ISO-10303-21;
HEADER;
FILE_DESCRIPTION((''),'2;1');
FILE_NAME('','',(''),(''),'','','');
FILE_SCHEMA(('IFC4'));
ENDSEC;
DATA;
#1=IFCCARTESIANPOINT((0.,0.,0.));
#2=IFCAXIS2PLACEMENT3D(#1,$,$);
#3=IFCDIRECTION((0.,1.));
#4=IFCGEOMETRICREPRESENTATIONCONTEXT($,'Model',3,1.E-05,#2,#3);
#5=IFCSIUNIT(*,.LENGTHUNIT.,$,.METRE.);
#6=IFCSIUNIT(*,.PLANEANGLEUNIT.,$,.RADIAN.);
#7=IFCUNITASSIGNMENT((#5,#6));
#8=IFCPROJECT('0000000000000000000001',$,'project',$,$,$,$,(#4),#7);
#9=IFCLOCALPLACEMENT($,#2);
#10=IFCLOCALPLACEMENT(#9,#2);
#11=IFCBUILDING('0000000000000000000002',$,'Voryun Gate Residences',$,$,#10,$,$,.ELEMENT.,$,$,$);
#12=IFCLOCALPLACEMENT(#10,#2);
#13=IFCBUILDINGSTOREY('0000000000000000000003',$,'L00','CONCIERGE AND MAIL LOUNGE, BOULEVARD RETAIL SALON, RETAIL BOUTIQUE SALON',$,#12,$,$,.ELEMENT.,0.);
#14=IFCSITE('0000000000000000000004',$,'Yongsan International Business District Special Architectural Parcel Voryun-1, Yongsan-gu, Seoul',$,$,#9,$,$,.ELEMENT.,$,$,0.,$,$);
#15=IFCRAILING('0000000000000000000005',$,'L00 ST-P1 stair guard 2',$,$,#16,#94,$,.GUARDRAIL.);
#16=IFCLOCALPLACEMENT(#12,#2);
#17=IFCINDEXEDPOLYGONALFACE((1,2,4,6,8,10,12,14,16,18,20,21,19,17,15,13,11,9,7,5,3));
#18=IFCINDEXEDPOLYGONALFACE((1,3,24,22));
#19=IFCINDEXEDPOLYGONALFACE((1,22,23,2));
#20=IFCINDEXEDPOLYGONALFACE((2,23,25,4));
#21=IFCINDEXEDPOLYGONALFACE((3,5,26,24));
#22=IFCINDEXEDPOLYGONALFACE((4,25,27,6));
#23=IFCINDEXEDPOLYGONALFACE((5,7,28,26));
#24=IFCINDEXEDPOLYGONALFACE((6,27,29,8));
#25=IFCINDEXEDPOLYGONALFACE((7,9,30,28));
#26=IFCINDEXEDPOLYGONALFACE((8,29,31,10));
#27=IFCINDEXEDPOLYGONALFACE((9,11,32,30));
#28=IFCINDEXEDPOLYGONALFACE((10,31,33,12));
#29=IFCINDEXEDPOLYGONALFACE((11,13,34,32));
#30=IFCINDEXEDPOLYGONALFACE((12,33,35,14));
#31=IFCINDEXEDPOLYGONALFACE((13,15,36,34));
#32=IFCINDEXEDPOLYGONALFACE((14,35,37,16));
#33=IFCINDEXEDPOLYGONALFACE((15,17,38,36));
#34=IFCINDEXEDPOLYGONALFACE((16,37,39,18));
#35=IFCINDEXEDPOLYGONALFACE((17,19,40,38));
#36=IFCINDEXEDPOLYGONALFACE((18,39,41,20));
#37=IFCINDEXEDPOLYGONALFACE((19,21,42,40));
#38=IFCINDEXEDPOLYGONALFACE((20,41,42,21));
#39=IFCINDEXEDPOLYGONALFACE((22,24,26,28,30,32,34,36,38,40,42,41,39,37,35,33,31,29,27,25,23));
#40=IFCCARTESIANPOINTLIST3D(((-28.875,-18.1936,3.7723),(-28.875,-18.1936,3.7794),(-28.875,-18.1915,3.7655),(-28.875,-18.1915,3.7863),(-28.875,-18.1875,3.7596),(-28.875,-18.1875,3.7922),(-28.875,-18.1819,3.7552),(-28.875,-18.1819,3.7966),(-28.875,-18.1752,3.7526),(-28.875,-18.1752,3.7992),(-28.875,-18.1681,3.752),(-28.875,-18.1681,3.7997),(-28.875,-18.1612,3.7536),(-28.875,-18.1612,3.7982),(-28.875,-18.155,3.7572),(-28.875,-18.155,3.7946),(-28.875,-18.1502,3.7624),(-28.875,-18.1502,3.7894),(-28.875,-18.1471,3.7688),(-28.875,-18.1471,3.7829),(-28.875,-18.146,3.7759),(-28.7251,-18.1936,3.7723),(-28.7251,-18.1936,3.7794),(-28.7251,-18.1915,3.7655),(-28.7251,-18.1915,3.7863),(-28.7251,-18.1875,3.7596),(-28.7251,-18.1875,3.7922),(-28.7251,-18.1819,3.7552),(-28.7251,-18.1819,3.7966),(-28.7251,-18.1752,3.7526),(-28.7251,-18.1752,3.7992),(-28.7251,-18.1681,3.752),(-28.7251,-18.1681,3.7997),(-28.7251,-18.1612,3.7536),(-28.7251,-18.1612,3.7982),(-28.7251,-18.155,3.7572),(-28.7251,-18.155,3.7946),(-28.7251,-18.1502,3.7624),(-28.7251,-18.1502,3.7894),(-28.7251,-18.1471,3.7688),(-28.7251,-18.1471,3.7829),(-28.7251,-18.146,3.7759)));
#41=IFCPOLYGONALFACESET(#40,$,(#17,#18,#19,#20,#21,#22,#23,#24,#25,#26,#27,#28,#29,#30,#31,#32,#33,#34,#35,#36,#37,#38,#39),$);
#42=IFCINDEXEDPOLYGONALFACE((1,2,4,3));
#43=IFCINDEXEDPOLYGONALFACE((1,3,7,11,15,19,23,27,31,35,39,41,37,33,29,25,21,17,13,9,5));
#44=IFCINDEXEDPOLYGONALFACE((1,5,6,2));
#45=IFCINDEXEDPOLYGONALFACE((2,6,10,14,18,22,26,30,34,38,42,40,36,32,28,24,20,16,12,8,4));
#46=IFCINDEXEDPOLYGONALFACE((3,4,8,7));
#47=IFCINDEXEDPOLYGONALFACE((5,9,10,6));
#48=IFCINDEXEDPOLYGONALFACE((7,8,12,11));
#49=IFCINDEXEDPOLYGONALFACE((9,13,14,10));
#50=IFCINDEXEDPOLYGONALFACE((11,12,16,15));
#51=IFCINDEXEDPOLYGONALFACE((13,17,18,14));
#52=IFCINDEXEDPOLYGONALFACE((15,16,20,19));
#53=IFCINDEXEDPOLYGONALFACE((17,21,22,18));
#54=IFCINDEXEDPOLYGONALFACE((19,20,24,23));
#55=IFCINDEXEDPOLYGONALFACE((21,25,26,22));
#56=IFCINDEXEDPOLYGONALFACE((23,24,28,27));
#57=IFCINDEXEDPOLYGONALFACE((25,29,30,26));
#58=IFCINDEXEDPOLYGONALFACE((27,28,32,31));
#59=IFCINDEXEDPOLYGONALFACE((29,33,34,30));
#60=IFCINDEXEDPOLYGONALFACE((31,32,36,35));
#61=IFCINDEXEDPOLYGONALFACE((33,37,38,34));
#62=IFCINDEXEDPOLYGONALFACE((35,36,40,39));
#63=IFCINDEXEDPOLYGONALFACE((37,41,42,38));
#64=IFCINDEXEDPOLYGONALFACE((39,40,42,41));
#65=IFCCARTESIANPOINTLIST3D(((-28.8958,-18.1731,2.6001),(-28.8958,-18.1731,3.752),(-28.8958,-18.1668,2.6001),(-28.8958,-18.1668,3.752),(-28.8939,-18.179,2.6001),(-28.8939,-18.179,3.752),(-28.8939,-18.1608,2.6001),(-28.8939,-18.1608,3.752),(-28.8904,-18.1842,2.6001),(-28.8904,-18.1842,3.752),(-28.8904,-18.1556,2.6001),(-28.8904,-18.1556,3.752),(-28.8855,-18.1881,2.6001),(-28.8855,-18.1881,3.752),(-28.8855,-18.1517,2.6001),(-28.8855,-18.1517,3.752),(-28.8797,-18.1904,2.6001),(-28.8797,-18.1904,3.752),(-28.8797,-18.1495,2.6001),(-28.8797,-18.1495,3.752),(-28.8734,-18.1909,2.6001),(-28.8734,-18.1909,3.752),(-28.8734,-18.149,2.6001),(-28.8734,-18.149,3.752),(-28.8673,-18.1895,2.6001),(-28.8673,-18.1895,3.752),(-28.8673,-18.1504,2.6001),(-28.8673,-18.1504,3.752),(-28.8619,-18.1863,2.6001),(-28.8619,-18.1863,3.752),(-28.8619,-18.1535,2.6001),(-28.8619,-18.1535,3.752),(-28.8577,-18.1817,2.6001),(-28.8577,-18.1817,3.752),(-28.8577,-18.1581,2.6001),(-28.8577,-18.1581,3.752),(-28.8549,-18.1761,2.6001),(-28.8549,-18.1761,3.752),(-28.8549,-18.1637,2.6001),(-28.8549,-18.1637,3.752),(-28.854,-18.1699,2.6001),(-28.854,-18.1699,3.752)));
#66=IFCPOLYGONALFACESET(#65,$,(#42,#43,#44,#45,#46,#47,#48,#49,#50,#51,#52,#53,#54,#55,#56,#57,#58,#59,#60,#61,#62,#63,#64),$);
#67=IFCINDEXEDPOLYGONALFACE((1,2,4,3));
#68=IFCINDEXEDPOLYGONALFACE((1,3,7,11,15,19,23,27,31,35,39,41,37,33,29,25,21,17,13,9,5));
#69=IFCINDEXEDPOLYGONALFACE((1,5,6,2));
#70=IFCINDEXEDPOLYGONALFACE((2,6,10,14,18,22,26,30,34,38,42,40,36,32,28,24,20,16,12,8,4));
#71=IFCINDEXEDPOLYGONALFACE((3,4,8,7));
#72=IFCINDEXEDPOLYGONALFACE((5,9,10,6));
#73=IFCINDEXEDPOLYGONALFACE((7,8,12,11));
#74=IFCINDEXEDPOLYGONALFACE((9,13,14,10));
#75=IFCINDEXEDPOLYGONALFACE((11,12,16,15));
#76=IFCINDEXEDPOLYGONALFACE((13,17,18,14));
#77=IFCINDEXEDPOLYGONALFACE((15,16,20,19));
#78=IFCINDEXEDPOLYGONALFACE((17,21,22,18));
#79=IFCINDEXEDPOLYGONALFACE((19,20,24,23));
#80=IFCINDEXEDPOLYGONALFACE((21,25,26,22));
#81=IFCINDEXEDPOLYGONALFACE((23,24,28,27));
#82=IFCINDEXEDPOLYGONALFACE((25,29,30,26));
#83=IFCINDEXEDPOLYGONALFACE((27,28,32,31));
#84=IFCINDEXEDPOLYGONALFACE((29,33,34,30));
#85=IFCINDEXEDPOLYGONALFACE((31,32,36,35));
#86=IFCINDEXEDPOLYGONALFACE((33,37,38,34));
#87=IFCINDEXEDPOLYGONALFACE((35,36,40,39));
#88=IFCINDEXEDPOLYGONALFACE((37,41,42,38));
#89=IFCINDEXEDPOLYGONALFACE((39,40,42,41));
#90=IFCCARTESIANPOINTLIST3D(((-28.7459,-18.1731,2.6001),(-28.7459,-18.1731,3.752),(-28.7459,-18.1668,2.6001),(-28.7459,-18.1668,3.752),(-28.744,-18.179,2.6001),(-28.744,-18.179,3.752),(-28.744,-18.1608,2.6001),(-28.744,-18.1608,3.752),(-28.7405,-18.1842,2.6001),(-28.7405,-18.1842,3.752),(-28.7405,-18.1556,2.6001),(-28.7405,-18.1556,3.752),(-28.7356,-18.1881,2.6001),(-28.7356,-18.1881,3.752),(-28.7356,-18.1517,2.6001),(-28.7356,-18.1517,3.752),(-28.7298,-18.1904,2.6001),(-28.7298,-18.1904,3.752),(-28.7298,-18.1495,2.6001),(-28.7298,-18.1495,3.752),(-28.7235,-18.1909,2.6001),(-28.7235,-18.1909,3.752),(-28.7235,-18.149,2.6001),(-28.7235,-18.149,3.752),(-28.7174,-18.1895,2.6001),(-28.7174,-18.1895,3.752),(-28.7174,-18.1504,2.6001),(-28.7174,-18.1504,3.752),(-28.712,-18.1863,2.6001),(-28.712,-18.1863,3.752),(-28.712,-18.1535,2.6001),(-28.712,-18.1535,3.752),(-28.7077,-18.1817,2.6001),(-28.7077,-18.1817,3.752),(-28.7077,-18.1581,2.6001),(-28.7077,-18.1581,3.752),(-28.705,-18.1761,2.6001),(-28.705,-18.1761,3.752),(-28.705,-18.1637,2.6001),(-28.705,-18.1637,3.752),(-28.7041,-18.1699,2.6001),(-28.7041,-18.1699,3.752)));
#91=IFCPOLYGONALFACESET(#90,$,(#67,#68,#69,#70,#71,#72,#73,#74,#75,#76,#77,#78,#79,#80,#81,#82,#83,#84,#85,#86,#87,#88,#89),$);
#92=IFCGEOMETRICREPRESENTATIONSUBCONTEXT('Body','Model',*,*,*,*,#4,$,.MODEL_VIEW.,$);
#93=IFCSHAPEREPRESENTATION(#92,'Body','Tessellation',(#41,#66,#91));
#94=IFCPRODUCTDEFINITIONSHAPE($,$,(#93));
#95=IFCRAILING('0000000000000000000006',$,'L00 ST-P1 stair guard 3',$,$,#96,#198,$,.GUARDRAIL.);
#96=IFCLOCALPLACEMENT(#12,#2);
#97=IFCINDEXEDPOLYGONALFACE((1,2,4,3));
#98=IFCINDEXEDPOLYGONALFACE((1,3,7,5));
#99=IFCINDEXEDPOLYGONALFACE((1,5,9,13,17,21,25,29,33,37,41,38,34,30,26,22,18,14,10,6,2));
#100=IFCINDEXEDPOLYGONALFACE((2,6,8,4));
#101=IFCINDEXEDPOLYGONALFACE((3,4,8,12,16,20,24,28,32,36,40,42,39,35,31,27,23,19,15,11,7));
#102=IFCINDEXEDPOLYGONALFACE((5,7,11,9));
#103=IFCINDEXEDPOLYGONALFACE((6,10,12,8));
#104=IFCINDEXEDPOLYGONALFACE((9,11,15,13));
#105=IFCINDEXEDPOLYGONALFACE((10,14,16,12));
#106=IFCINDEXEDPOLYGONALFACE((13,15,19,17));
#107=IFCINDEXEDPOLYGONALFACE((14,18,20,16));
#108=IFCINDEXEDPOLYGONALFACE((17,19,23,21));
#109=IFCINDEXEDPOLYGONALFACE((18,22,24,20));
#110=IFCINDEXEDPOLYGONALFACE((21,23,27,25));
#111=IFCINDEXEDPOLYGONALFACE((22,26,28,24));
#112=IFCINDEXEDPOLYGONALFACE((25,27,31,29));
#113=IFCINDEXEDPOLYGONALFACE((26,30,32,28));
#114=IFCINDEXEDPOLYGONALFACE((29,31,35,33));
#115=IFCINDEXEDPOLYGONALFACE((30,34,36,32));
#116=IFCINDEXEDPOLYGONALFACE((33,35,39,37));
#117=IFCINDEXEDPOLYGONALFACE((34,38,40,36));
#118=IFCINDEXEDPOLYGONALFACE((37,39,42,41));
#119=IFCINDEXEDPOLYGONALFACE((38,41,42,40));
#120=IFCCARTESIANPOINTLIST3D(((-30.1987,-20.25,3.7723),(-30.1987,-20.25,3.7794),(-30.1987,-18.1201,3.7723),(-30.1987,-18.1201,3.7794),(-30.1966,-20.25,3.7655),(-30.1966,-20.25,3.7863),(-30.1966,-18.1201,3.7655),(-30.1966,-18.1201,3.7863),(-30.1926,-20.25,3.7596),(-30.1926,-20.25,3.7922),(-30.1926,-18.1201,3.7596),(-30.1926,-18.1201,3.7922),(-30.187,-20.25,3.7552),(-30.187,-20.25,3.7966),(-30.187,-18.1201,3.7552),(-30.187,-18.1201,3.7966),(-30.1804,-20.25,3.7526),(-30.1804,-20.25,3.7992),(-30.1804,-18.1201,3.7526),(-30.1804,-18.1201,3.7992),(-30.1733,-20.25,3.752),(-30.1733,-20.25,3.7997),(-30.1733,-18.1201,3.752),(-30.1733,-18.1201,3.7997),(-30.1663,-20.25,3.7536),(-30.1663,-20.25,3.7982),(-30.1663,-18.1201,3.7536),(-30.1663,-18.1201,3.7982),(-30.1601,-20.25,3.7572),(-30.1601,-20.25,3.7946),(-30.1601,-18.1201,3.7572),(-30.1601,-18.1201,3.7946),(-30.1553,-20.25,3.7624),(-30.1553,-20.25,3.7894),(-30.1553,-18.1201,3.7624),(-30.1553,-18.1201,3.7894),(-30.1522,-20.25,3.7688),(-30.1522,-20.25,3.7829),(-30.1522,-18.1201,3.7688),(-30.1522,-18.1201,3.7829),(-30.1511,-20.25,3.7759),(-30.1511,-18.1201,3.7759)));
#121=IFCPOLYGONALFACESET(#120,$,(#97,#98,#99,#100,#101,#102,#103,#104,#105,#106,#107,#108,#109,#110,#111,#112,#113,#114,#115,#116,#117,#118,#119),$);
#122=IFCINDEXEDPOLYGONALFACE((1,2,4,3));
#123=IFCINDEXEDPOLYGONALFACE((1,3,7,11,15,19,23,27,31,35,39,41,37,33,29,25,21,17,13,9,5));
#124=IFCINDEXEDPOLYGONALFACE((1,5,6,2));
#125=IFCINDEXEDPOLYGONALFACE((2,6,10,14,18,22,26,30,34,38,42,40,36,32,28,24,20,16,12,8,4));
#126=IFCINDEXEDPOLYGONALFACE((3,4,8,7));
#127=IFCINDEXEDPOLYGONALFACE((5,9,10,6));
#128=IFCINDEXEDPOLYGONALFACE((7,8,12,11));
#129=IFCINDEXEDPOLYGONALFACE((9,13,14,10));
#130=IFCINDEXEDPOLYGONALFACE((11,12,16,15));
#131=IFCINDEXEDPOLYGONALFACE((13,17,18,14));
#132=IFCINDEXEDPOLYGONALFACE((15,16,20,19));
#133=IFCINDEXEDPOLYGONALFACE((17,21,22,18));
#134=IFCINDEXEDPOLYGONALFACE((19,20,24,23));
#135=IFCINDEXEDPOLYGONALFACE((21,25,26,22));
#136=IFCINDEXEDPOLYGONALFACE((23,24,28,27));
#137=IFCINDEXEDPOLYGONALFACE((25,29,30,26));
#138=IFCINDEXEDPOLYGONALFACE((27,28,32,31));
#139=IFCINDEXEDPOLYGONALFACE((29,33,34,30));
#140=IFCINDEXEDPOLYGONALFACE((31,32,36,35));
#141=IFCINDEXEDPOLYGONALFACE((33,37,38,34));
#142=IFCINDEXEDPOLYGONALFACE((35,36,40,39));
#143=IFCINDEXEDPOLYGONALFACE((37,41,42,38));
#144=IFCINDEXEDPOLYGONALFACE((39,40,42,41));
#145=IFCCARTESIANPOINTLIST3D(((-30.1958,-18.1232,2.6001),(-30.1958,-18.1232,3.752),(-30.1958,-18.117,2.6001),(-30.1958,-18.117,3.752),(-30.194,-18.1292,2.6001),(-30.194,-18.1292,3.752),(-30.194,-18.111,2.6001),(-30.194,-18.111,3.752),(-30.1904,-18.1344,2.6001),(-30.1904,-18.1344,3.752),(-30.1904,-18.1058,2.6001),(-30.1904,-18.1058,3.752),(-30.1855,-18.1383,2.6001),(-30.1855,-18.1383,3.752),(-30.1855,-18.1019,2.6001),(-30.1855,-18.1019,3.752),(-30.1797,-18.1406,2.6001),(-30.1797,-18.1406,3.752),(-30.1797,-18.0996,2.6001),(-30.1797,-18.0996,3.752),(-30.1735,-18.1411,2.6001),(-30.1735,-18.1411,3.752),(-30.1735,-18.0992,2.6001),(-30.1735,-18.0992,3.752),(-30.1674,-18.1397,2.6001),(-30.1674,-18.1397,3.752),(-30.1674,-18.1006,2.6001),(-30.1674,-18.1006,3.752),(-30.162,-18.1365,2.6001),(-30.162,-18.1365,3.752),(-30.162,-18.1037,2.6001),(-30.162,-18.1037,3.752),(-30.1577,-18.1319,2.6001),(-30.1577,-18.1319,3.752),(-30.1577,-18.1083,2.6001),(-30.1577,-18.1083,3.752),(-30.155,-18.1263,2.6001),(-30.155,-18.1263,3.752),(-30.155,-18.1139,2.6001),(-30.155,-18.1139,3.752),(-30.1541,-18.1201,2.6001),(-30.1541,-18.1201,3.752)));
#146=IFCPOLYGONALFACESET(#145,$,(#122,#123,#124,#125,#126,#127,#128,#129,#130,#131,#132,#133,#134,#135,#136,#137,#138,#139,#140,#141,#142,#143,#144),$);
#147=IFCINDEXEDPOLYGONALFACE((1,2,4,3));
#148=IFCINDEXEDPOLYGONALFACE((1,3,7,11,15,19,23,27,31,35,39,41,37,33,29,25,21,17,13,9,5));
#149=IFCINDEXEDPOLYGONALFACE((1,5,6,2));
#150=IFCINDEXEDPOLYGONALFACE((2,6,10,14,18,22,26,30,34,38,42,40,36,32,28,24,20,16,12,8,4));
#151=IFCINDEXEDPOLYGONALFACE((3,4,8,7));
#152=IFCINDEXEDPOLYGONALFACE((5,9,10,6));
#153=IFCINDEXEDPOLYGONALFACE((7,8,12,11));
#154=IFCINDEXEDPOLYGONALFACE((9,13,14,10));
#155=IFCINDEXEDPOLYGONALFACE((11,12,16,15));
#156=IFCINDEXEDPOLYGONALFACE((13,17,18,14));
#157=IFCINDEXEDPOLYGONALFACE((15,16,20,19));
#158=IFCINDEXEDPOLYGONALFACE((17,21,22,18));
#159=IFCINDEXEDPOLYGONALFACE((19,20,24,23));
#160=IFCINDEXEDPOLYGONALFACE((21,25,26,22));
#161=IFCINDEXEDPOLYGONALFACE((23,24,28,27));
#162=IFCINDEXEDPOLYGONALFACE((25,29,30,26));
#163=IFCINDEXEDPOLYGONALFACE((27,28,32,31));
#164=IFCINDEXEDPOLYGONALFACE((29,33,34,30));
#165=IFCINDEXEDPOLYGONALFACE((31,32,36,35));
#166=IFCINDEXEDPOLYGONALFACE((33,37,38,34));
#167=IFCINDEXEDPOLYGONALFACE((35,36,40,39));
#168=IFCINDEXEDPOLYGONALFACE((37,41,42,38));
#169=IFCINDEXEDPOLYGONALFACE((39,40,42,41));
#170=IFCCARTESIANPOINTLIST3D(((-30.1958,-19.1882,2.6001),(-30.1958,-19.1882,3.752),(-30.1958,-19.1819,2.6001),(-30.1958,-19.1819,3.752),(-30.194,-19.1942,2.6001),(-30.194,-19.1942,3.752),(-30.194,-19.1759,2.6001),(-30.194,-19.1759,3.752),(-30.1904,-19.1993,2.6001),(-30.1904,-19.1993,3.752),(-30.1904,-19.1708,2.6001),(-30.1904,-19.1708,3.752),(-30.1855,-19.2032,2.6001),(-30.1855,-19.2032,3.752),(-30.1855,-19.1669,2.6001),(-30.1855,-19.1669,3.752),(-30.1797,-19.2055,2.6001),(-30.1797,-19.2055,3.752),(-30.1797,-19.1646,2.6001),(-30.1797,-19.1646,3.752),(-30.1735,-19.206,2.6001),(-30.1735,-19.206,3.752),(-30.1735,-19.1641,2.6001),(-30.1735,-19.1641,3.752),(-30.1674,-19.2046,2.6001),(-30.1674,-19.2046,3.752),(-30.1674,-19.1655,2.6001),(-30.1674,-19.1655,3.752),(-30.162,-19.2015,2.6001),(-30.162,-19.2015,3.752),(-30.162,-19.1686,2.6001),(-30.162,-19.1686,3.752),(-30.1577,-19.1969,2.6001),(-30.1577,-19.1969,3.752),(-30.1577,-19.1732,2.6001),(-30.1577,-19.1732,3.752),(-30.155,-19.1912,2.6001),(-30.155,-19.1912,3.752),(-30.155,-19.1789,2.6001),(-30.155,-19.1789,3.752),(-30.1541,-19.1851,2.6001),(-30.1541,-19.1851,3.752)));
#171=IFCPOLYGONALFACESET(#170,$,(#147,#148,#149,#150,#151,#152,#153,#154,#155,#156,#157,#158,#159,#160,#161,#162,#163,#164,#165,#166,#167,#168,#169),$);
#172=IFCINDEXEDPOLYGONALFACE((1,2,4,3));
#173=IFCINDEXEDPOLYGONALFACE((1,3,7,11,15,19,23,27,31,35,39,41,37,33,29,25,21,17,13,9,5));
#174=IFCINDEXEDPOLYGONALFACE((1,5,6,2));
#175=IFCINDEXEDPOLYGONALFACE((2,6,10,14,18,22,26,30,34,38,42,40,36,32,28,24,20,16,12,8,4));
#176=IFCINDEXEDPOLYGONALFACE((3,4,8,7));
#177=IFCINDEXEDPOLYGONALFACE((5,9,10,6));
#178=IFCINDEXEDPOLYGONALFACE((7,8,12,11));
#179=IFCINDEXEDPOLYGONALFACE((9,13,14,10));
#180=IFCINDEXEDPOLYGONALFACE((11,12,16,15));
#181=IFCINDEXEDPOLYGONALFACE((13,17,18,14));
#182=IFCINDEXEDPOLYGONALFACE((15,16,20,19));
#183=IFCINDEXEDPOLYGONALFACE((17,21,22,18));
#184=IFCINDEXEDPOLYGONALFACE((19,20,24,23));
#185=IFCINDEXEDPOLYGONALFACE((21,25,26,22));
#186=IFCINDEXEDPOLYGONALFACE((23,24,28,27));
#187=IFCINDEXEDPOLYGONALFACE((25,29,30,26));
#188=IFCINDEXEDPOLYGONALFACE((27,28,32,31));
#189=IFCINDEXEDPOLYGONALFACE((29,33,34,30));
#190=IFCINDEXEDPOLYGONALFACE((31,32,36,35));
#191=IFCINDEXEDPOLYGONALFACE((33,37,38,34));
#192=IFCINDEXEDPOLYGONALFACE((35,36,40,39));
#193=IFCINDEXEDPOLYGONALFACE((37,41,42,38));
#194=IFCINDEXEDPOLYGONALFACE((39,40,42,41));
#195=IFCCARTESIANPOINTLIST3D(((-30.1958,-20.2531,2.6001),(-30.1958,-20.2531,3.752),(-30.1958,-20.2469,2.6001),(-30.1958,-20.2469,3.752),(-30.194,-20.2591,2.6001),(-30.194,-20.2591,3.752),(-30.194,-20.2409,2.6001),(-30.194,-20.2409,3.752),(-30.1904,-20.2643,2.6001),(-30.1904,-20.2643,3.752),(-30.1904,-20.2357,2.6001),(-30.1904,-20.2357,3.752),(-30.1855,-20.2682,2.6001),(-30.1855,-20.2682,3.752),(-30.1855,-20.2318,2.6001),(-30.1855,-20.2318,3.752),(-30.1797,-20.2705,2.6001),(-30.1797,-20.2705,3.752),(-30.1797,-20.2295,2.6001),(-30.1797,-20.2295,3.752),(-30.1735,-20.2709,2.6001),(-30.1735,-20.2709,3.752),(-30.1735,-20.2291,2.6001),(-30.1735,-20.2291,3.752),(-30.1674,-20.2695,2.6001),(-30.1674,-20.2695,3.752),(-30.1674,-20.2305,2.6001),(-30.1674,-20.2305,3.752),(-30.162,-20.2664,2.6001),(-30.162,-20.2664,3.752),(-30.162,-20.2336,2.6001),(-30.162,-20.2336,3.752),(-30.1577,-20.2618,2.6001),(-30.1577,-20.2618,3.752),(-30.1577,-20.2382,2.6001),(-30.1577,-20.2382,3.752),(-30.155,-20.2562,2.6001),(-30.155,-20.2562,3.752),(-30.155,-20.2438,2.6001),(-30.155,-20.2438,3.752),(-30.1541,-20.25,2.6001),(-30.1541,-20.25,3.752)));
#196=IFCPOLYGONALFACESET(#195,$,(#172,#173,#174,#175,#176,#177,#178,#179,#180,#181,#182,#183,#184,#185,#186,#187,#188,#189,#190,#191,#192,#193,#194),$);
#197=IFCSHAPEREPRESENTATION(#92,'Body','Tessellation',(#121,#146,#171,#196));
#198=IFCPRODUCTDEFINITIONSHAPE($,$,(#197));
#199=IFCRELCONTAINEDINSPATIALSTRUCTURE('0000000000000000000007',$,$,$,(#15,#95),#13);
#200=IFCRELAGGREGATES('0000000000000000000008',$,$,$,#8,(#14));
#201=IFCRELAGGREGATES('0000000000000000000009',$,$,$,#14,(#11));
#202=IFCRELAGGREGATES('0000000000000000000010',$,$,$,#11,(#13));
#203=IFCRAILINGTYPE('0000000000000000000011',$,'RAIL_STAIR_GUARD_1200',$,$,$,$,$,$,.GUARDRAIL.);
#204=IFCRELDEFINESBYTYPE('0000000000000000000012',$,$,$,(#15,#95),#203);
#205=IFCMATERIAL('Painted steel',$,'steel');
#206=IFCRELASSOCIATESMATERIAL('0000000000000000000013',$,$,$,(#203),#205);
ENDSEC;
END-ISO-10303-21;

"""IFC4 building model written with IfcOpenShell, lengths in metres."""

from ifc_helpers import new_model, si_unit, direction, frame, origin, origin_2d, place, context, subcontext, project, spatial, circle, extrude, material, type_object, element, save


model = new_model("IFC4")

# Units and contexts
model_context = context("Model", 3, precision=1e-05, world=origin(), true_north=direction((0.0, 1.0)))
body_context = subcontext(model_context, "Body", "Model", "MODEL_VIEW")
ifc_project = project(units=[si_unit("LENGTHUNIT", "METRE"), si_unit("PLANEANGLEUNIT", "RADIAN")], contexts=[model_context])

# Site, building, storey
site_placement = place(None, origin())
site = spatial("IfcSite", under=ifc_project, at=site_placement, Name="Yongsan International Business District Special Architectural Parcel Voryun-1, Yongsan-gu, Seoul", CompositionType="ELEMENT", RefElevation=0.0)
building_placement = place(site_placement, origin())
building = spatial("IfcBuilding", under=site, at=building_placement, Name="Voryun Gate Residences", CompositionType="ELEMENT")
storey_placement = place(building_placement, origin())
storey = spatial("IfcBuildingStorey", under=building, at=storey_placement, Name="L00", Description="CONCIERGE AND MAIL LOUNGE, BOULEVARD RETAIL SALON, RETAIL BOUTIQUE SALON", CompositionType="ELEMENT", Elevation=0.0)

# Railings
ifc_material_1 = material(Name="Painted steel", Category="steel")
railing_type_1 = type_object("IfcRailingType", Name="RAIL_STAIR_GUARD_1200", PredefinedType="GUARDRAIL", material=ifc_material_1)
railing_1_placement = place(storey_placement, frame((-28.875, -18.1699, 2.6001)))
element("IfcRailing", 1, at=railing_1_placement, inside=storey, type_object=railing_type_1, Name="L00 ST-P1 stair guard 2", PredefinedType="GUARDRAIL", context=body_context, shape_type="SweptSolid", body=[
    extrude(circle(Radius=0.0239, at=origin_2d()), frame((0.0, 0.0, 1.1758), z_axis=(1.0, 0.0, 0.0), x_axis=(0.0, 1.0, 0.0)), (0.0, 0.0, 1.0), 0.1499),
    extrude(circle(Radius=0.021, at=origin_2d()), origin(), (0.0, 0.0, 1.0), 1.1519),
    extrude(circle(Radius=0.021, at=origin_2d()), frame((0.1499, 0.0, 0.0)), (0.0, 0.0, 1.0), 1.1519),
])
for number, where, name in (
    (2, (-30.175, -18.1201, 2.6001), "L00 ST-P1 stair guard 3"),
):
    element("IfcRailing", number, at=place(storey_placement, frame(where)), inside=storey, type_object=railing_type_1, Name=name, PredefinedType="GUARDRAIL", context=body_context, shape_type="SweptSolid", body=[
        extrude(circle(Radius=0.0239, at=origin_2d()), frame((0.0, 0.0, 1.1758), z_axis=(0.0, -1.0, 0.0), x_axis=(1.0, 0.0, 0.0)), (0.0, 0.0, 1.0), 2.1299),
        extrude(circle(Radius=0.021, at=origin_2d()), origin(), (0.0, 0.0, 1.0), 1.1519),
        extrude(circle(Radius=0.021, at=origin_2d()), frame((0.0, -1.0649, 0.0)), (0.0, 0.0, 1.0), 1.1519),
        extrude(circle(Radius=0.021, at=origin_2d()), frame((0.0, -2.1299, 0.0)), (0.0, 0.0, 1.0), 1.1519),
    ])

save(model, "model.ifc")
